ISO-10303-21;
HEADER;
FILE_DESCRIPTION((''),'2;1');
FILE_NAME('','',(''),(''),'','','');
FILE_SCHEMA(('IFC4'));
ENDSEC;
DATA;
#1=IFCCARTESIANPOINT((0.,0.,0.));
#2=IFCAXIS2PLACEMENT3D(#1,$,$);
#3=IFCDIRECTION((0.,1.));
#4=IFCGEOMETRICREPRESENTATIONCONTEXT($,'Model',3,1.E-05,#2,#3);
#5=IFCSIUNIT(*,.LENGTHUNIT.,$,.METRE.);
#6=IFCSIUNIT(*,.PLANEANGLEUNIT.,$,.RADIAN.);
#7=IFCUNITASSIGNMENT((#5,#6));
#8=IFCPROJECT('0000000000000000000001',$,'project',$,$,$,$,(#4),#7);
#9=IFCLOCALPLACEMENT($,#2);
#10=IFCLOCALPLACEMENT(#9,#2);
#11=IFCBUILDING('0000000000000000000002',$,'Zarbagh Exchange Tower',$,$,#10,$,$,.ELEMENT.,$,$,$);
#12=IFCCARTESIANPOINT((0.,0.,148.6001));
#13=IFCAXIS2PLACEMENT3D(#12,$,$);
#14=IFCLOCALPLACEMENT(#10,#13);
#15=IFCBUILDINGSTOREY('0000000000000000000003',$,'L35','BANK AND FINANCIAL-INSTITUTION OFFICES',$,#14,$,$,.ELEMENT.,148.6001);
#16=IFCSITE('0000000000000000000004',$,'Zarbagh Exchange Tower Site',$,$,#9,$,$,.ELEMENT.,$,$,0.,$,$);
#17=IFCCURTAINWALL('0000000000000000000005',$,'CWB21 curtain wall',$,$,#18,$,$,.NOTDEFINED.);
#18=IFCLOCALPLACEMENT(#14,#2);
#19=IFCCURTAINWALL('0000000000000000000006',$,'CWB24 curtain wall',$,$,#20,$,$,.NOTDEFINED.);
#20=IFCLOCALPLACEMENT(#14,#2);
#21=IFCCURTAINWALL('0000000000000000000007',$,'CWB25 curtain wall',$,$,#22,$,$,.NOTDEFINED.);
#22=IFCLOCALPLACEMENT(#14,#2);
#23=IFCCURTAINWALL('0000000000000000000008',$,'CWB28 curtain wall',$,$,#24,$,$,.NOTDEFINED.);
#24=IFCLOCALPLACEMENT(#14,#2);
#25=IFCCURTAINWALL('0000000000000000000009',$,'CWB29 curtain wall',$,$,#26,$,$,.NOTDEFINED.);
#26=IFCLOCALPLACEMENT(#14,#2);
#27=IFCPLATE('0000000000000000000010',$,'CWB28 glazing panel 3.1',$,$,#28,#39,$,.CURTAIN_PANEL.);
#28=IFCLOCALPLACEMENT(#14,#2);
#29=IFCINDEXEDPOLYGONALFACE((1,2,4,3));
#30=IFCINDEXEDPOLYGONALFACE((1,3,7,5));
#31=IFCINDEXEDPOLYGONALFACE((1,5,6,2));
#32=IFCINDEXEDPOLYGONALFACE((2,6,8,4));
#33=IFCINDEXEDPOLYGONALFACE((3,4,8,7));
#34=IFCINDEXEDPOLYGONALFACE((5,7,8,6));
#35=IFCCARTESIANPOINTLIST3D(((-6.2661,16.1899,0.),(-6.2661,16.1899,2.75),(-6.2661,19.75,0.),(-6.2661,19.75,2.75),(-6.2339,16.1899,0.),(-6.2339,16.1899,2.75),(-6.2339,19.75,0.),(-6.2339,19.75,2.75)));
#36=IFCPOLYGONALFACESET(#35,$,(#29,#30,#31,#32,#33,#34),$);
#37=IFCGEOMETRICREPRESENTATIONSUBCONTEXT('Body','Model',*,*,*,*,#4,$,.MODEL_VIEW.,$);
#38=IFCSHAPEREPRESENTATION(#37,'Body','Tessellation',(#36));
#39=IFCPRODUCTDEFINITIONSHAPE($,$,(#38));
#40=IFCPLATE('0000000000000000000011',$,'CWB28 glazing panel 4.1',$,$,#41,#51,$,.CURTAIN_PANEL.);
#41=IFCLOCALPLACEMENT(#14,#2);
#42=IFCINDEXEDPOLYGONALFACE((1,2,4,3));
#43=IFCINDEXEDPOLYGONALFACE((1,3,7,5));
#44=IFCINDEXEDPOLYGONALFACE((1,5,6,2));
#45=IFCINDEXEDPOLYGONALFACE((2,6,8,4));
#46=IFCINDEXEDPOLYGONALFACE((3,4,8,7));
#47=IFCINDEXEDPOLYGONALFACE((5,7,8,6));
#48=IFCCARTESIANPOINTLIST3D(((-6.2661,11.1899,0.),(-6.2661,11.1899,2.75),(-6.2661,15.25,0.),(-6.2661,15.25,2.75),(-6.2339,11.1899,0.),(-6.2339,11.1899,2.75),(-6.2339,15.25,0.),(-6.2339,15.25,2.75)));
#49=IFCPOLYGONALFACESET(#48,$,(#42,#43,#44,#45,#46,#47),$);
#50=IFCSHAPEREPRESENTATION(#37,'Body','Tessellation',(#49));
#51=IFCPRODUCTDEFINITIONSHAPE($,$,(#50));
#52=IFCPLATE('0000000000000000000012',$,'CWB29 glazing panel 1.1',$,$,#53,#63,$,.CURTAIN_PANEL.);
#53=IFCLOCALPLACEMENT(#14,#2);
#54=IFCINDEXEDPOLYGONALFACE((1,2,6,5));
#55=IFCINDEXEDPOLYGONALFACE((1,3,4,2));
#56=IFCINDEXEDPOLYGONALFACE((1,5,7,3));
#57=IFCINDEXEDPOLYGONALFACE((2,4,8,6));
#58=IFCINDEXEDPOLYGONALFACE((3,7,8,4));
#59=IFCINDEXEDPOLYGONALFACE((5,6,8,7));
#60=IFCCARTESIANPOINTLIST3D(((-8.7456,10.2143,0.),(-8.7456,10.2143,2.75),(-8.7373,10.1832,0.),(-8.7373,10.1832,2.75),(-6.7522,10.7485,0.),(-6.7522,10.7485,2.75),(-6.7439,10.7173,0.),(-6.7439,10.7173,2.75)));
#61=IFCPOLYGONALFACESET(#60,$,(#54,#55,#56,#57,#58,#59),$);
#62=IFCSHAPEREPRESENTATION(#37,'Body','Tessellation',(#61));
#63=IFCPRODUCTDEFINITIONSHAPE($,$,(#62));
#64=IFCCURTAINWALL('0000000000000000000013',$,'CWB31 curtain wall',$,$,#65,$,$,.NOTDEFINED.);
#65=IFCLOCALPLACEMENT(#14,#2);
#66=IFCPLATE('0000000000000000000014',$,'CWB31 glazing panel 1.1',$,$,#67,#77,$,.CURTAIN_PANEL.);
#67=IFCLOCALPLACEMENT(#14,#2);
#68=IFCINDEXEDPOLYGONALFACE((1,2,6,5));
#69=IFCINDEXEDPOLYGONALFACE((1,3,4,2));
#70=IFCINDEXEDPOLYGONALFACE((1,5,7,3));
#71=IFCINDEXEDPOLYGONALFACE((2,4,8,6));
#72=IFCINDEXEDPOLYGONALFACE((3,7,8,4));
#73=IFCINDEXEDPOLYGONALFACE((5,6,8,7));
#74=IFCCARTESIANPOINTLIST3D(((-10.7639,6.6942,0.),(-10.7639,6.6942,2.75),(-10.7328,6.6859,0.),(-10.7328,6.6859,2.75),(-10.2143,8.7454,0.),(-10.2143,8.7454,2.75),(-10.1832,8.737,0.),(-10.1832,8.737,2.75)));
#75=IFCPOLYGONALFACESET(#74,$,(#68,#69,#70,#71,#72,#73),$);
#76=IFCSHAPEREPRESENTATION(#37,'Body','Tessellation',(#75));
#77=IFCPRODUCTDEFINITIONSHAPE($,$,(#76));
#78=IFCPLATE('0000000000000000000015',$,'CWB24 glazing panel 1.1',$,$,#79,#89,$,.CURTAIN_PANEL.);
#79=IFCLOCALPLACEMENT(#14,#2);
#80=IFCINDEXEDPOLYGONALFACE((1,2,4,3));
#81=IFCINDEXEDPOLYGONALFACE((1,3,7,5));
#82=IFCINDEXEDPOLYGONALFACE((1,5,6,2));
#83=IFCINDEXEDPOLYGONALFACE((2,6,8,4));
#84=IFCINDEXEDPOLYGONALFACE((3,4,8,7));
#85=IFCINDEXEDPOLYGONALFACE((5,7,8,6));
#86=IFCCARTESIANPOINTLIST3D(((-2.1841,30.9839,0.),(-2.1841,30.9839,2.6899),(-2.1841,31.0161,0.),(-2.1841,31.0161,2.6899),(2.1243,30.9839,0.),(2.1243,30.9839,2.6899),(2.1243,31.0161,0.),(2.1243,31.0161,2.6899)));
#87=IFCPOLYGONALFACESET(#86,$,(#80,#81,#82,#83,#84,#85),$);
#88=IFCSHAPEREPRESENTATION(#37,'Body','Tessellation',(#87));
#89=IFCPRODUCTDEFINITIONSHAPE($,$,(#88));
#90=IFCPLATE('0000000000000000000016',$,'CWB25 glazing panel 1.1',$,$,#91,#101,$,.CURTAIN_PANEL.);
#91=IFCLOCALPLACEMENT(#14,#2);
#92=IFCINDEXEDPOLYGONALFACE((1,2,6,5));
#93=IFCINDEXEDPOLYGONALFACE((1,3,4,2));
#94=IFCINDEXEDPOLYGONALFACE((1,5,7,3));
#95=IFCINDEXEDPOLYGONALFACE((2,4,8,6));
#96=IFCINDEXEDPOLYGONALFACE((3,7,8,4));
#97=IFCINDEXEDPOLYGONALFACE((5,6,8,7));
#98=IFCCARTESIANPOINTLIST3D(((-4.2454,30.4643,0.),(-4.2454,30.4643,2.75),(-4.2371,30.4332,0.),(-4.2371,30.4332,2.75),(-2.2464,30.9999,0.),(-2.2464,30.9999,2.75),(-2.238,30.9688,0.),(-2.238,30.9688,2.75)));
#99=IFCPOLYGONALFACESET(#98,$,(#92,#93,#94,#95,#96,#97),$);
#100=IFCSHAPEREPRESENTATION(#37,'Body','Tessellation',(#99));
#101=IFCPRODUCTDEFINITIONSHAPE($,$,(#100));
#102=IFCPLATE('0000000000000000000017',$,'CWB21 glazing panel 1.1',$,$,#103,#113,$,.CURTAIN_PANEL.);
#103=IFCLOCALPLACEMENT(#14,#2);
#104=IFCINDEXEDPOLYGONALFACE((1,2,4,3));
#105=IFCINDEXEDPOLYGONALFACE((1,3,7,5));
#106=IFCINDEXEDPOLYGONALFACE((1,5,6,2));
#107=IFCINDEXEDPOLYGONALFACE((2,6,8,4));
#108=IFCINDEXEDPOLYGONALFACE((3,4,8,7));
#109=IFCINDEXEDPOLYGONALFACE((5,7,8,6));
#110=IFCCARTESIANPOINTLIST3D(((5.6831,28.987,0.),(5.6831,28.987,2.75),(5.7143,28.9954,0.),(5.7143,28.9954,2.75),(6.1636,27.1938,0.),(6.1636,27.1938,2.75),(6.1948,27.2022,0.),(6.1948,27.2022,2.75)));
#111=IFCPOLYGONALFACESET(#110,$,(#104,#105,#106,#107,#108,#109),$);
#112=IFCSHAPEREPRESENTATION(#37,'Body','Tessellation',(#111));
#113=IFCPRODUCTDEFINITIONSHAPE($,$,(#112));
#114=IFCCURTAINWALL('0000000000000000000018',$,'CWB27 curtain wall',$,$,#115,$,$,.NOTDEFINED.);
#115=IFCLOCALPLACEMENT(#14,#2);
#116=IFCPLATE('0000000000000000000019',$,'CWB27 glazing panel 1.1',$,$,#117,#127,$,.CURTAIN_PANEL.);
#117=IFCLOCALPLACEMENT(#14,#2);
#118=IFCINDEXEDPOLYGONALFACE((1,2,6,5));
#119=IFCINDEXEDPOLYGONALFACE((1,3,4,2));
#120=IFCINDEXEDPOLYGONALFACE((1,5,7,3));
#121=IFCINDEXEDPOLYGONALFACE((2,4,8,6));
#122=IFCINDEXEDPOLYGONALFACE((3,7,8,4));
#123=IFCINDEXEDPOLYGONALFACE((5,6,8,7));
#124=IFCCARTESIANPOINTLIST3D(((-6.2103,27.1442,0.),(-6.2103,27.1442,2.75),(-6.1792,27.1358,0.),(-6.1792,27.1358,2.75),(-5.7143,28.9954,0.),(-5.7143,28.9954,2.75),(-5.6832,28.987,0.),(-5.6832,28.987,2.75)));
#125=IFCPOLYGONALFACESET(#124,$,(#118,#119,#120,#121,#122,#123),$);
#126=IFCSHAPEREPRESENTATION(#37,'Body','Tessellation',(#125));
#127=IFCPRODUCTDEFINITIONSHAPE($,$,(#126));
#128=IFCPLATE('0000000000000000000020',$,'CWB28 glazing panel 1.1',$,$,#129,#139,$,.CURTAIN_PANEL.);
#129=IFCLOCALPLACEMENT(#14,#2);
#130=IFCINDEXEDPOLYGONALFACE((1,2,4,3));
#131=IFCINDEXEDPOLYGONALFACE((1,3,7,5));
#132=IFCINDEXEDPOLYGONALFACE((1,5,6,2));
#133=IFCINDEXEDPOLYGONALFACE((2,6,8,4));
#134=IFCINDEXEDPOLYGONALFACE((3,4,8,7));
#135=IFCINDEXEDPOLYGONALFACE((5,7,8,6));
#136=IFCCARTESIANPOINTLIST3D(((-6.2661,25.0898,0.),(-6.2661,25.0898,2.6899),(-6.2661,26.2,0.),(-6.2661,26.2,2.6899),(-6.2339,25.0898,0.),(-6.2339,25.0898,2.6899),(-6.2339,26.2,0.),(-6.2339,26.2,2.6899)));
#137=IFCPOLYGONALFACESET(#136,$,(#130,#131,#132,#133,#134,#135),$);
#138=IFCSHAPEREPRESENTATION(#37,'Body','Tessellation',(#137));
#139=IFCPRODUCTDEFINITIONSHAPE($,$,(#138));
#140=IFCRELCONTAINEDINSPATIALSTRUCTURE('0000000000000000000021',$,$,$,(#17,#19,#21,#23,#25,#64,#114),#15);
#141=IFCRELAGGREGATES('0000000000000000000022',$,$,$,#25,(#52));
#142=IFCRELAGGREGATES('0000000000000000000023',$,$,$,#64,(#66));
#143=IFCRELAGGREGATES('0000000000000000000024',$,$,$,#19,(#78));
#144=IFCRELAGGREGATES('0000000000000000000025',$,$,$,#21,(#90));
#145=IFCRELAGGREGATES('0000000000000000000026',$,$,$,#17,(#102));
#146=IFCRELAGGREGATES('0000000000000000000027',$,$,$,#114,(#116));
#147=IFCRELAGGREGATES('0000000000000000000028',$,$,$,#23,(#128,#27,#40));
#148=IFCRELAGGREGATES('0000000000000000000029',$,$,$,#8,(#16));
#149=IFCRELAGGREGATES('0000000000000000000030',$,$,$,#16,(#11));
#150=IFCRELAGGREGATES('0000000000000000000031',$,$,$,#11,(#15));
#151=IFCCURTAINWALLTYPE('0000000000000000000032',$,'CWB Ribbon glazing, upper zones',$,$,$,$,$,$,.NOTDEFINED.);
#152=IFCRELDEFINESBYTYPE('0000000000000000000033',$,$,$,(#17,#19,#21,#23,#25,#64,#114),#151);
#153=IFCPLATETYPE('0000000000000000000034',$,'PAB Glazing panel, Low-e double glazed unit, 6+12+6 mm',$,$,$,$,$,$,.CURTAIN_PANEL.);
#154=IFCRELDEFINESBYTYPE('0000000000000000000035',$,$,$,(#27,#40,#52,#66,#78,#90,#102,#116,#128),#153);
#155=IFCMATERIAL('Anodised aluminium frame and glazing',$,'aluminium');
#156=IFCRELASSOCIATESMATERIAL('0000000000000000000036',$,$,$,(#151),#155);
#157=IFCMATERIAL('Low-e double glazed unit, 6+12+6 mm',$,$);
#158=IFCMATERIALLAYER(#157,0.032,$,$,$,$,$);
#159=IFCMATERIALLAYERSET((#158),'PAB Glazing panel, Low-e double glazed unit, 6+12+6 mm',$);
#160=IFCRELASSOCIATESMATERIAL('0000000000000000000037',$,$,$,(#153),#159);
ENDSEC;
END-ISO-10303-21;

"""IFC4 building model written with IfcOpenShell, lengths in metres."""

from ifc_helpers import new_model, si_unit, direction, frame, origin, place, context, subcontext, project, spatial, polyline, outline, extrude, source, transform, mapped, material, layer, layer_set, type_object, element, aggregate, save


model = new_model("IFC4")

# Units and contexts
model_context = context("Model", 3, precision=1e-05, world=origin(), true_north=direction((0.0, 1.0)))
body_context = subcontext(model_context, "Body", "Model", "MODEL_VIEW")
ifc_project = project(units=[si_unit("LENGTHUNIT", "METRE"), si_unit("PLANEANGLEUNIT", "RADIAN")], contexts=[model_context])

# Site, building, storey
site_placement = place(None, origin())
site = spatial("IfcSite", under=ifc_project, at=site_placement, Name="Zarbagh Exchange Tower Site", CompositionType="ELEMENT", RefElevation=0.0)
building_placement = place(site_placement, origin())
building = spatial("IfcBuilding", under=site, at=building_placement, Name="Zarbagh Exchange Tower", CompositionType="ELEMENT")
storey_placement = place(building_placement, frame((0.0, 0.0, 148.6001)))
storey = spatial("IfcBuildingStorey", under=building, at=storey_placement, Name="L35", Description="BANK AND FINANCIAL-INSTITUTION OFFICES", CompositionType="ELEMENT", Elevation=148.6001)

# Curtain walls
ifc_material_1 = material(Name="Anodised aluminium frame and glazing", Category="aluminium")
curtain_wall_type = type_object("IfcCurtainWallType", Name="CWB Ribbon glazing, upper zones", PredefinedType="NOTDEFINED", material=ifc_material_1)
curtain_wall_1_placement = place(storey_placement, origin())
curtain_wall_1 = element("IfcCurtainWall", 1, at=curtain_wall_1_placement, inside=storey, type_object=curtain_wall_type, Name="CWB21 curtain wall", PredefinedType="NOTDEFINED")
placement = place(storey_placement, origin())
curtain_wall_2_placement = place(storey_placement, origin())
curtain_wall_2 = element("IfcCurtainWall", 2, at=curtain_wall_2_placement, inside=storey, type_object=curtain_wall_type, Name="CWB24 curtain wall", PredefinedType="NOTDEFINED")
curtain_wall_3_placement = place(storey_placement, origin())
curtain_wall_3 = element("IfcCurtainWall", 3, at=curtain_wall_3_placement, inside=storey, type_object=curtain_wall_type, Name="CWB25 curtain wall", PredefinedType="NOTDEFINED")

# Curtain wall
curtain_wall_4_placement = place(storey_placement, origin())
curtain_wall_4 = element("IfcCurtainWall", 4, at=curtain_wall_4_placement, inside=storey, type_object=curtain_wall_type, Name="CWB28 curtain wall", PredefinedType="NOTDEFINED")

# Curtain wall
curtain_wall_5_placement = place(storey_placement, origin())
curtain_wall_5 = element("IfcCurtainWall", 5, at=curtain_wall_5_placement, inside=storey, type_object=curtain_wall_type, Name="CWB29 curtain wall", PredefinedType="NOTDEFINED")

# Shared definitions
ifc_material_2 = material(Name="Low-e double glazed unit, 6+12+6 mm")
ifc_layer = layer(ifc_material_2, 0.032)
ifc_layer_set = layer_set([ifc_layer], Name="PAB Glazing panel, Low-e double glazed unit, 6+12+6 mm")
plate_type = type_object("IfcPlateType", Name="PAB Glazing panel, Low-e double glazed unit, 6+12+6 mm", PredefinedType="CURTAIN_PANEL", material=ifc_layer_set)

# Plates
shared_shape_1 = source(origin(), body_context, "Body", "SweptSolid", [
    extrude(outline(polyline([(0.0, -0.0161), (3.5601, -0.0161), (3.5601, 0.0161), (0.0, 0.0161), (0.0, -0.0161)])), origin(), (0.0, 0.0, 1.0), 2.75),
])
plate_1 = element("IfcPlate", 6, at=placement, type_object=plate_type, Name="CWB28 glazing panel 3.1", PredefinedType="CURTAIN_PANEL", context=body_context, shape_type="MappedRepresentation", body=[
    mapped(shared_shape_1, transform((-6.25, 19.75, 0.0), x_axis=(0.0, -1.0, 0.0), y_axis=(1.0, 0.0, 0.0), z_axis=(0.0, 0.0, 1.0))),
])
shared_shape_2 = source(origin(), body_context, "Body", "SweptSolid", [
    extrude(outline(polyline([(0.0, -0.0161), (4.0601, -0.0161), (4.0601, 0.0161), (0.0, 0.0161), (0.0, -0.0161)])), origin(), (0.0, 0.0, 1.0), 2.75),
])
plate_2 = element("IfcPlate", 7, at=placement, type_object=plate_type, Name="CWB28 glazing panel 4.1", PredefinedType="CURTAIN_PANEL", context=body_context, shape_type="MappedRepresentation", body=[
    mapped(shared_shape_2, transform((-6.25, 15.25, 0.0), x_axis=(0.0, -1.0, 0.0), y_axis=(1.0, 0.0, 0.0), z_axis=(0.0, 0.0, 1.0))),
])
shared_shape_3 = source(origin(), body_context, "Body", "SweptSolid", [
    extrude(outline(polyline([(0.0, -0.0161), (2.0637, -0.0161), (2.0637, 0.0161), (0.0, 0.0161), (0.0, -0.0161)])), origin(), (0.0, 0.0, 1.0), 2.75),
])
plate_3 = element("IfcPlate", 8, at=placement, type_object=plate_type, Name="CWB29 glazing panel 1.1", PredefinedType="CURTAIN_PANEL", context=body_context, shape_type="MappedRepresentation", body=[
    mapped(shared_shape_3, transform((-6.748, 10.7329, 0.0), x_axis=(-0.965924, -0.258825, 0.0), y_axis=(0.258825, -0.965924, 0.0), z_axis=(0.0, 0.0, 1.0))),
])
aggregate(curtain_wall_5, [plate_3])

# Curtain wall, plate
curtain_wall_6_placement = place(storey_placement, origin())
curtain_wall_6 = element("IfcCurtainWall", 9, at=curtain_wall_6_placement, inside=storey, type_object=curtain_wall_type, Name="CWB31 curtain wall", PredefinedType="NOTDEFINED")
shared_shape_4 = source(origin(), body_context, "Body", "SweptSolid", [
    extrude(outline(polyline([(0.0, -0.0161), (2.1235, -0.0161), (2.1235, 0.0161), (0.0, 0.0161), (0.0, -0.0161)])), origin(), (0.0, 0.0, 1.0), 2.75),
])
plate_4 = element("IfcPlate", 10, at=placement, type_object=plate_type, Name="CWB31 glazing panel 1.1", PredefinedType="CURTAIN_PANEL", context=body_context, shape_type="MappedRepresentation", body=[
    mapped(shared_shape_4, transform((-10.1987, 8.7412, 0.0), x_axis=(-0.258825, -0.965924, 0.0), y_axis=(0.965924, -0.258825, 0.0), z_axis=(0.0, 0.0, 1.0))),
])
aggregate(curtain_wall_6, [plate_4])

# Plates
shared_shape_5 = source(origin(), body_context, "Body", "SweptSolid", [
    extrude(outline(polyline([(0.0, -0.0161), (4.3083, -0.0161), (4.3083, 0.0161), (0.0, 0.0161), (0.0, -0.0161)])), origin(), (0.0, 0.0, 1.0), 2.6899),
])
plate_5 = element("IfcPlate", 11, at=placement, type_object=plate_type, Name="CWB24 glazing panel 1.1", PredefinedType="CURTAIN_PANEL", context=body_context, shape_type="MappedRepresentation", body=[
    mapped(shared_shape_5, transform((2.1243, 31.0, 0.0), x_axis=(-1.0, 0.0, 0.0), y_axis=(0.0, -1.0, 0.0), z_axis=(0.0, 0.0, 1.0))),
])
aggregate(curtain_wall_2, [plate_5])
shared_shape_6 = source(origin(), body_context, "Body", "SweptSolid", [
    extrude(outline(polyline([(0.0, -0.0161), (2.0696, -0.0161), (2.0696, 0.0161), (0.0, 0.0161), (0.0, -0.0161)])), origin(), (0.0, 0.0, 1.0), 2.75),
])
plate_6 = element("IfcPlate", 12, at=placement, type_object=plate_type, Name="CWB25 glazing panel 1.1", PredefinedType="CURTAIN_PANEL", context=body_context, shape_type="MappedRepresentation", body=[
    mapped(shared_shape_6, transform((-2.2422, 30.9844, 0.0), x_axis=(-0.965924, -0.258825, 0.0), y_axis=(0.258825, -0.965924, 0.0), z_axis=(0.0, 0.0, 1.0))),
])
aggregate(curtain_wall_3, [plate_6])
shared_shape_7 = source(origin(), body_context, "Body", "SweptSolid", [
    extrude(outline(polyline([(0.0, -0.0161), (1.8564, -0.0161), (1.8564, 0.0161), (0.0, 0.0161), (0.0, -0.0161)])), origin(), (0.0, 0.0, 1.0), 2.75),
])
plate_7 = element("IfcPlate", 13, at=placement, type_object=plate_type, Name="CWB21 glazing panel 1.1", PredefinedType="CURTAIN_PANEL", context=body_context, shape_type="MappedRepresentation", body=[
    mapped(shared_shape_7, transform((6.1792, 27.198, 0.0), x_axis=(-0.258825, 0.965924, 0.0), y_axis=(-0.965924, -0.258825, 0.0), z_axis=(0.0, 0.0, 1.0))),
])
aggregate(curtain_wall_1, [plate_7])

# Curtain wall, plate
curtain_wall_7_placement = place(storey_placement, origin())
curtain_wall_7 = element("IfcCurtainWall", 14, at=curtain_wall_7_placement, inside=storey, type_object=curtain_wall_type, Name="CWB27 curtain wall", PredefinedType="NOTDEFINED")
shared_shape_8 = source(origin(), body_context, "Body", "SweptSolid", [
    extrude(outline(polyline([(0.0, -0.0161), (1.9165, -0.0161), (1.9165, 0.0161), (0.0, 0.0161), (0.0, -0.0161)])), origin(), (0.0, 0.0, 1.0), 2.75),
])
plate_8 = element("IfcPlate", 15, at=placement, type_object=plate_type, Name="CWB27 glazing panel 1.1", PredefinedType="CURTAIN_PANEL", context=body_context, shape_type="MappedRepresentation", body=[
    mapped(shared_shape_8, transform((-5.6987, 28.9912, 0.0), x_axis=(-0.258825, -0.965924, 0.0), y_axis=(0.965924, -0.258825, 0.0), z_axis=(0.0, 0.0, 1.0))),
])
aggregate(curtain_wall_7, [plate_8])

# Plate
shared_shape_9 = source(origin(), body_context, "Body", "SweptSolid", [
    extrude(outline(polyline([(0.0, -0.0161), (1.1101, -0.0161), (1.1101, 0.0161), (0.0, 0.0161), (0.0, -0.0161)])), origin(), (0.0, 0.0, 1.0), 2.6899),
])
plate_9 = element("IfcPlate", 16, at=placement, type_object=plate_type, Name="CWB28 glazing panel 1.1", PredefinedType="CURTAIN_PANEL", context=body_context, shape_type="MappedRepresentation", body=[
    mapped(shared_shape_9, transform((-6.25, 26.2, 0.0), x_axis=(0.0, -1.0, 0.0), y_axis=(1.0, 0.0, 0.0), z_axis=(0.0, 0.0, 1.0))),
])
aggregate(curtain_wall_4, [plate_9, plate_1, plate_2])

save(model, "model.ifc")
